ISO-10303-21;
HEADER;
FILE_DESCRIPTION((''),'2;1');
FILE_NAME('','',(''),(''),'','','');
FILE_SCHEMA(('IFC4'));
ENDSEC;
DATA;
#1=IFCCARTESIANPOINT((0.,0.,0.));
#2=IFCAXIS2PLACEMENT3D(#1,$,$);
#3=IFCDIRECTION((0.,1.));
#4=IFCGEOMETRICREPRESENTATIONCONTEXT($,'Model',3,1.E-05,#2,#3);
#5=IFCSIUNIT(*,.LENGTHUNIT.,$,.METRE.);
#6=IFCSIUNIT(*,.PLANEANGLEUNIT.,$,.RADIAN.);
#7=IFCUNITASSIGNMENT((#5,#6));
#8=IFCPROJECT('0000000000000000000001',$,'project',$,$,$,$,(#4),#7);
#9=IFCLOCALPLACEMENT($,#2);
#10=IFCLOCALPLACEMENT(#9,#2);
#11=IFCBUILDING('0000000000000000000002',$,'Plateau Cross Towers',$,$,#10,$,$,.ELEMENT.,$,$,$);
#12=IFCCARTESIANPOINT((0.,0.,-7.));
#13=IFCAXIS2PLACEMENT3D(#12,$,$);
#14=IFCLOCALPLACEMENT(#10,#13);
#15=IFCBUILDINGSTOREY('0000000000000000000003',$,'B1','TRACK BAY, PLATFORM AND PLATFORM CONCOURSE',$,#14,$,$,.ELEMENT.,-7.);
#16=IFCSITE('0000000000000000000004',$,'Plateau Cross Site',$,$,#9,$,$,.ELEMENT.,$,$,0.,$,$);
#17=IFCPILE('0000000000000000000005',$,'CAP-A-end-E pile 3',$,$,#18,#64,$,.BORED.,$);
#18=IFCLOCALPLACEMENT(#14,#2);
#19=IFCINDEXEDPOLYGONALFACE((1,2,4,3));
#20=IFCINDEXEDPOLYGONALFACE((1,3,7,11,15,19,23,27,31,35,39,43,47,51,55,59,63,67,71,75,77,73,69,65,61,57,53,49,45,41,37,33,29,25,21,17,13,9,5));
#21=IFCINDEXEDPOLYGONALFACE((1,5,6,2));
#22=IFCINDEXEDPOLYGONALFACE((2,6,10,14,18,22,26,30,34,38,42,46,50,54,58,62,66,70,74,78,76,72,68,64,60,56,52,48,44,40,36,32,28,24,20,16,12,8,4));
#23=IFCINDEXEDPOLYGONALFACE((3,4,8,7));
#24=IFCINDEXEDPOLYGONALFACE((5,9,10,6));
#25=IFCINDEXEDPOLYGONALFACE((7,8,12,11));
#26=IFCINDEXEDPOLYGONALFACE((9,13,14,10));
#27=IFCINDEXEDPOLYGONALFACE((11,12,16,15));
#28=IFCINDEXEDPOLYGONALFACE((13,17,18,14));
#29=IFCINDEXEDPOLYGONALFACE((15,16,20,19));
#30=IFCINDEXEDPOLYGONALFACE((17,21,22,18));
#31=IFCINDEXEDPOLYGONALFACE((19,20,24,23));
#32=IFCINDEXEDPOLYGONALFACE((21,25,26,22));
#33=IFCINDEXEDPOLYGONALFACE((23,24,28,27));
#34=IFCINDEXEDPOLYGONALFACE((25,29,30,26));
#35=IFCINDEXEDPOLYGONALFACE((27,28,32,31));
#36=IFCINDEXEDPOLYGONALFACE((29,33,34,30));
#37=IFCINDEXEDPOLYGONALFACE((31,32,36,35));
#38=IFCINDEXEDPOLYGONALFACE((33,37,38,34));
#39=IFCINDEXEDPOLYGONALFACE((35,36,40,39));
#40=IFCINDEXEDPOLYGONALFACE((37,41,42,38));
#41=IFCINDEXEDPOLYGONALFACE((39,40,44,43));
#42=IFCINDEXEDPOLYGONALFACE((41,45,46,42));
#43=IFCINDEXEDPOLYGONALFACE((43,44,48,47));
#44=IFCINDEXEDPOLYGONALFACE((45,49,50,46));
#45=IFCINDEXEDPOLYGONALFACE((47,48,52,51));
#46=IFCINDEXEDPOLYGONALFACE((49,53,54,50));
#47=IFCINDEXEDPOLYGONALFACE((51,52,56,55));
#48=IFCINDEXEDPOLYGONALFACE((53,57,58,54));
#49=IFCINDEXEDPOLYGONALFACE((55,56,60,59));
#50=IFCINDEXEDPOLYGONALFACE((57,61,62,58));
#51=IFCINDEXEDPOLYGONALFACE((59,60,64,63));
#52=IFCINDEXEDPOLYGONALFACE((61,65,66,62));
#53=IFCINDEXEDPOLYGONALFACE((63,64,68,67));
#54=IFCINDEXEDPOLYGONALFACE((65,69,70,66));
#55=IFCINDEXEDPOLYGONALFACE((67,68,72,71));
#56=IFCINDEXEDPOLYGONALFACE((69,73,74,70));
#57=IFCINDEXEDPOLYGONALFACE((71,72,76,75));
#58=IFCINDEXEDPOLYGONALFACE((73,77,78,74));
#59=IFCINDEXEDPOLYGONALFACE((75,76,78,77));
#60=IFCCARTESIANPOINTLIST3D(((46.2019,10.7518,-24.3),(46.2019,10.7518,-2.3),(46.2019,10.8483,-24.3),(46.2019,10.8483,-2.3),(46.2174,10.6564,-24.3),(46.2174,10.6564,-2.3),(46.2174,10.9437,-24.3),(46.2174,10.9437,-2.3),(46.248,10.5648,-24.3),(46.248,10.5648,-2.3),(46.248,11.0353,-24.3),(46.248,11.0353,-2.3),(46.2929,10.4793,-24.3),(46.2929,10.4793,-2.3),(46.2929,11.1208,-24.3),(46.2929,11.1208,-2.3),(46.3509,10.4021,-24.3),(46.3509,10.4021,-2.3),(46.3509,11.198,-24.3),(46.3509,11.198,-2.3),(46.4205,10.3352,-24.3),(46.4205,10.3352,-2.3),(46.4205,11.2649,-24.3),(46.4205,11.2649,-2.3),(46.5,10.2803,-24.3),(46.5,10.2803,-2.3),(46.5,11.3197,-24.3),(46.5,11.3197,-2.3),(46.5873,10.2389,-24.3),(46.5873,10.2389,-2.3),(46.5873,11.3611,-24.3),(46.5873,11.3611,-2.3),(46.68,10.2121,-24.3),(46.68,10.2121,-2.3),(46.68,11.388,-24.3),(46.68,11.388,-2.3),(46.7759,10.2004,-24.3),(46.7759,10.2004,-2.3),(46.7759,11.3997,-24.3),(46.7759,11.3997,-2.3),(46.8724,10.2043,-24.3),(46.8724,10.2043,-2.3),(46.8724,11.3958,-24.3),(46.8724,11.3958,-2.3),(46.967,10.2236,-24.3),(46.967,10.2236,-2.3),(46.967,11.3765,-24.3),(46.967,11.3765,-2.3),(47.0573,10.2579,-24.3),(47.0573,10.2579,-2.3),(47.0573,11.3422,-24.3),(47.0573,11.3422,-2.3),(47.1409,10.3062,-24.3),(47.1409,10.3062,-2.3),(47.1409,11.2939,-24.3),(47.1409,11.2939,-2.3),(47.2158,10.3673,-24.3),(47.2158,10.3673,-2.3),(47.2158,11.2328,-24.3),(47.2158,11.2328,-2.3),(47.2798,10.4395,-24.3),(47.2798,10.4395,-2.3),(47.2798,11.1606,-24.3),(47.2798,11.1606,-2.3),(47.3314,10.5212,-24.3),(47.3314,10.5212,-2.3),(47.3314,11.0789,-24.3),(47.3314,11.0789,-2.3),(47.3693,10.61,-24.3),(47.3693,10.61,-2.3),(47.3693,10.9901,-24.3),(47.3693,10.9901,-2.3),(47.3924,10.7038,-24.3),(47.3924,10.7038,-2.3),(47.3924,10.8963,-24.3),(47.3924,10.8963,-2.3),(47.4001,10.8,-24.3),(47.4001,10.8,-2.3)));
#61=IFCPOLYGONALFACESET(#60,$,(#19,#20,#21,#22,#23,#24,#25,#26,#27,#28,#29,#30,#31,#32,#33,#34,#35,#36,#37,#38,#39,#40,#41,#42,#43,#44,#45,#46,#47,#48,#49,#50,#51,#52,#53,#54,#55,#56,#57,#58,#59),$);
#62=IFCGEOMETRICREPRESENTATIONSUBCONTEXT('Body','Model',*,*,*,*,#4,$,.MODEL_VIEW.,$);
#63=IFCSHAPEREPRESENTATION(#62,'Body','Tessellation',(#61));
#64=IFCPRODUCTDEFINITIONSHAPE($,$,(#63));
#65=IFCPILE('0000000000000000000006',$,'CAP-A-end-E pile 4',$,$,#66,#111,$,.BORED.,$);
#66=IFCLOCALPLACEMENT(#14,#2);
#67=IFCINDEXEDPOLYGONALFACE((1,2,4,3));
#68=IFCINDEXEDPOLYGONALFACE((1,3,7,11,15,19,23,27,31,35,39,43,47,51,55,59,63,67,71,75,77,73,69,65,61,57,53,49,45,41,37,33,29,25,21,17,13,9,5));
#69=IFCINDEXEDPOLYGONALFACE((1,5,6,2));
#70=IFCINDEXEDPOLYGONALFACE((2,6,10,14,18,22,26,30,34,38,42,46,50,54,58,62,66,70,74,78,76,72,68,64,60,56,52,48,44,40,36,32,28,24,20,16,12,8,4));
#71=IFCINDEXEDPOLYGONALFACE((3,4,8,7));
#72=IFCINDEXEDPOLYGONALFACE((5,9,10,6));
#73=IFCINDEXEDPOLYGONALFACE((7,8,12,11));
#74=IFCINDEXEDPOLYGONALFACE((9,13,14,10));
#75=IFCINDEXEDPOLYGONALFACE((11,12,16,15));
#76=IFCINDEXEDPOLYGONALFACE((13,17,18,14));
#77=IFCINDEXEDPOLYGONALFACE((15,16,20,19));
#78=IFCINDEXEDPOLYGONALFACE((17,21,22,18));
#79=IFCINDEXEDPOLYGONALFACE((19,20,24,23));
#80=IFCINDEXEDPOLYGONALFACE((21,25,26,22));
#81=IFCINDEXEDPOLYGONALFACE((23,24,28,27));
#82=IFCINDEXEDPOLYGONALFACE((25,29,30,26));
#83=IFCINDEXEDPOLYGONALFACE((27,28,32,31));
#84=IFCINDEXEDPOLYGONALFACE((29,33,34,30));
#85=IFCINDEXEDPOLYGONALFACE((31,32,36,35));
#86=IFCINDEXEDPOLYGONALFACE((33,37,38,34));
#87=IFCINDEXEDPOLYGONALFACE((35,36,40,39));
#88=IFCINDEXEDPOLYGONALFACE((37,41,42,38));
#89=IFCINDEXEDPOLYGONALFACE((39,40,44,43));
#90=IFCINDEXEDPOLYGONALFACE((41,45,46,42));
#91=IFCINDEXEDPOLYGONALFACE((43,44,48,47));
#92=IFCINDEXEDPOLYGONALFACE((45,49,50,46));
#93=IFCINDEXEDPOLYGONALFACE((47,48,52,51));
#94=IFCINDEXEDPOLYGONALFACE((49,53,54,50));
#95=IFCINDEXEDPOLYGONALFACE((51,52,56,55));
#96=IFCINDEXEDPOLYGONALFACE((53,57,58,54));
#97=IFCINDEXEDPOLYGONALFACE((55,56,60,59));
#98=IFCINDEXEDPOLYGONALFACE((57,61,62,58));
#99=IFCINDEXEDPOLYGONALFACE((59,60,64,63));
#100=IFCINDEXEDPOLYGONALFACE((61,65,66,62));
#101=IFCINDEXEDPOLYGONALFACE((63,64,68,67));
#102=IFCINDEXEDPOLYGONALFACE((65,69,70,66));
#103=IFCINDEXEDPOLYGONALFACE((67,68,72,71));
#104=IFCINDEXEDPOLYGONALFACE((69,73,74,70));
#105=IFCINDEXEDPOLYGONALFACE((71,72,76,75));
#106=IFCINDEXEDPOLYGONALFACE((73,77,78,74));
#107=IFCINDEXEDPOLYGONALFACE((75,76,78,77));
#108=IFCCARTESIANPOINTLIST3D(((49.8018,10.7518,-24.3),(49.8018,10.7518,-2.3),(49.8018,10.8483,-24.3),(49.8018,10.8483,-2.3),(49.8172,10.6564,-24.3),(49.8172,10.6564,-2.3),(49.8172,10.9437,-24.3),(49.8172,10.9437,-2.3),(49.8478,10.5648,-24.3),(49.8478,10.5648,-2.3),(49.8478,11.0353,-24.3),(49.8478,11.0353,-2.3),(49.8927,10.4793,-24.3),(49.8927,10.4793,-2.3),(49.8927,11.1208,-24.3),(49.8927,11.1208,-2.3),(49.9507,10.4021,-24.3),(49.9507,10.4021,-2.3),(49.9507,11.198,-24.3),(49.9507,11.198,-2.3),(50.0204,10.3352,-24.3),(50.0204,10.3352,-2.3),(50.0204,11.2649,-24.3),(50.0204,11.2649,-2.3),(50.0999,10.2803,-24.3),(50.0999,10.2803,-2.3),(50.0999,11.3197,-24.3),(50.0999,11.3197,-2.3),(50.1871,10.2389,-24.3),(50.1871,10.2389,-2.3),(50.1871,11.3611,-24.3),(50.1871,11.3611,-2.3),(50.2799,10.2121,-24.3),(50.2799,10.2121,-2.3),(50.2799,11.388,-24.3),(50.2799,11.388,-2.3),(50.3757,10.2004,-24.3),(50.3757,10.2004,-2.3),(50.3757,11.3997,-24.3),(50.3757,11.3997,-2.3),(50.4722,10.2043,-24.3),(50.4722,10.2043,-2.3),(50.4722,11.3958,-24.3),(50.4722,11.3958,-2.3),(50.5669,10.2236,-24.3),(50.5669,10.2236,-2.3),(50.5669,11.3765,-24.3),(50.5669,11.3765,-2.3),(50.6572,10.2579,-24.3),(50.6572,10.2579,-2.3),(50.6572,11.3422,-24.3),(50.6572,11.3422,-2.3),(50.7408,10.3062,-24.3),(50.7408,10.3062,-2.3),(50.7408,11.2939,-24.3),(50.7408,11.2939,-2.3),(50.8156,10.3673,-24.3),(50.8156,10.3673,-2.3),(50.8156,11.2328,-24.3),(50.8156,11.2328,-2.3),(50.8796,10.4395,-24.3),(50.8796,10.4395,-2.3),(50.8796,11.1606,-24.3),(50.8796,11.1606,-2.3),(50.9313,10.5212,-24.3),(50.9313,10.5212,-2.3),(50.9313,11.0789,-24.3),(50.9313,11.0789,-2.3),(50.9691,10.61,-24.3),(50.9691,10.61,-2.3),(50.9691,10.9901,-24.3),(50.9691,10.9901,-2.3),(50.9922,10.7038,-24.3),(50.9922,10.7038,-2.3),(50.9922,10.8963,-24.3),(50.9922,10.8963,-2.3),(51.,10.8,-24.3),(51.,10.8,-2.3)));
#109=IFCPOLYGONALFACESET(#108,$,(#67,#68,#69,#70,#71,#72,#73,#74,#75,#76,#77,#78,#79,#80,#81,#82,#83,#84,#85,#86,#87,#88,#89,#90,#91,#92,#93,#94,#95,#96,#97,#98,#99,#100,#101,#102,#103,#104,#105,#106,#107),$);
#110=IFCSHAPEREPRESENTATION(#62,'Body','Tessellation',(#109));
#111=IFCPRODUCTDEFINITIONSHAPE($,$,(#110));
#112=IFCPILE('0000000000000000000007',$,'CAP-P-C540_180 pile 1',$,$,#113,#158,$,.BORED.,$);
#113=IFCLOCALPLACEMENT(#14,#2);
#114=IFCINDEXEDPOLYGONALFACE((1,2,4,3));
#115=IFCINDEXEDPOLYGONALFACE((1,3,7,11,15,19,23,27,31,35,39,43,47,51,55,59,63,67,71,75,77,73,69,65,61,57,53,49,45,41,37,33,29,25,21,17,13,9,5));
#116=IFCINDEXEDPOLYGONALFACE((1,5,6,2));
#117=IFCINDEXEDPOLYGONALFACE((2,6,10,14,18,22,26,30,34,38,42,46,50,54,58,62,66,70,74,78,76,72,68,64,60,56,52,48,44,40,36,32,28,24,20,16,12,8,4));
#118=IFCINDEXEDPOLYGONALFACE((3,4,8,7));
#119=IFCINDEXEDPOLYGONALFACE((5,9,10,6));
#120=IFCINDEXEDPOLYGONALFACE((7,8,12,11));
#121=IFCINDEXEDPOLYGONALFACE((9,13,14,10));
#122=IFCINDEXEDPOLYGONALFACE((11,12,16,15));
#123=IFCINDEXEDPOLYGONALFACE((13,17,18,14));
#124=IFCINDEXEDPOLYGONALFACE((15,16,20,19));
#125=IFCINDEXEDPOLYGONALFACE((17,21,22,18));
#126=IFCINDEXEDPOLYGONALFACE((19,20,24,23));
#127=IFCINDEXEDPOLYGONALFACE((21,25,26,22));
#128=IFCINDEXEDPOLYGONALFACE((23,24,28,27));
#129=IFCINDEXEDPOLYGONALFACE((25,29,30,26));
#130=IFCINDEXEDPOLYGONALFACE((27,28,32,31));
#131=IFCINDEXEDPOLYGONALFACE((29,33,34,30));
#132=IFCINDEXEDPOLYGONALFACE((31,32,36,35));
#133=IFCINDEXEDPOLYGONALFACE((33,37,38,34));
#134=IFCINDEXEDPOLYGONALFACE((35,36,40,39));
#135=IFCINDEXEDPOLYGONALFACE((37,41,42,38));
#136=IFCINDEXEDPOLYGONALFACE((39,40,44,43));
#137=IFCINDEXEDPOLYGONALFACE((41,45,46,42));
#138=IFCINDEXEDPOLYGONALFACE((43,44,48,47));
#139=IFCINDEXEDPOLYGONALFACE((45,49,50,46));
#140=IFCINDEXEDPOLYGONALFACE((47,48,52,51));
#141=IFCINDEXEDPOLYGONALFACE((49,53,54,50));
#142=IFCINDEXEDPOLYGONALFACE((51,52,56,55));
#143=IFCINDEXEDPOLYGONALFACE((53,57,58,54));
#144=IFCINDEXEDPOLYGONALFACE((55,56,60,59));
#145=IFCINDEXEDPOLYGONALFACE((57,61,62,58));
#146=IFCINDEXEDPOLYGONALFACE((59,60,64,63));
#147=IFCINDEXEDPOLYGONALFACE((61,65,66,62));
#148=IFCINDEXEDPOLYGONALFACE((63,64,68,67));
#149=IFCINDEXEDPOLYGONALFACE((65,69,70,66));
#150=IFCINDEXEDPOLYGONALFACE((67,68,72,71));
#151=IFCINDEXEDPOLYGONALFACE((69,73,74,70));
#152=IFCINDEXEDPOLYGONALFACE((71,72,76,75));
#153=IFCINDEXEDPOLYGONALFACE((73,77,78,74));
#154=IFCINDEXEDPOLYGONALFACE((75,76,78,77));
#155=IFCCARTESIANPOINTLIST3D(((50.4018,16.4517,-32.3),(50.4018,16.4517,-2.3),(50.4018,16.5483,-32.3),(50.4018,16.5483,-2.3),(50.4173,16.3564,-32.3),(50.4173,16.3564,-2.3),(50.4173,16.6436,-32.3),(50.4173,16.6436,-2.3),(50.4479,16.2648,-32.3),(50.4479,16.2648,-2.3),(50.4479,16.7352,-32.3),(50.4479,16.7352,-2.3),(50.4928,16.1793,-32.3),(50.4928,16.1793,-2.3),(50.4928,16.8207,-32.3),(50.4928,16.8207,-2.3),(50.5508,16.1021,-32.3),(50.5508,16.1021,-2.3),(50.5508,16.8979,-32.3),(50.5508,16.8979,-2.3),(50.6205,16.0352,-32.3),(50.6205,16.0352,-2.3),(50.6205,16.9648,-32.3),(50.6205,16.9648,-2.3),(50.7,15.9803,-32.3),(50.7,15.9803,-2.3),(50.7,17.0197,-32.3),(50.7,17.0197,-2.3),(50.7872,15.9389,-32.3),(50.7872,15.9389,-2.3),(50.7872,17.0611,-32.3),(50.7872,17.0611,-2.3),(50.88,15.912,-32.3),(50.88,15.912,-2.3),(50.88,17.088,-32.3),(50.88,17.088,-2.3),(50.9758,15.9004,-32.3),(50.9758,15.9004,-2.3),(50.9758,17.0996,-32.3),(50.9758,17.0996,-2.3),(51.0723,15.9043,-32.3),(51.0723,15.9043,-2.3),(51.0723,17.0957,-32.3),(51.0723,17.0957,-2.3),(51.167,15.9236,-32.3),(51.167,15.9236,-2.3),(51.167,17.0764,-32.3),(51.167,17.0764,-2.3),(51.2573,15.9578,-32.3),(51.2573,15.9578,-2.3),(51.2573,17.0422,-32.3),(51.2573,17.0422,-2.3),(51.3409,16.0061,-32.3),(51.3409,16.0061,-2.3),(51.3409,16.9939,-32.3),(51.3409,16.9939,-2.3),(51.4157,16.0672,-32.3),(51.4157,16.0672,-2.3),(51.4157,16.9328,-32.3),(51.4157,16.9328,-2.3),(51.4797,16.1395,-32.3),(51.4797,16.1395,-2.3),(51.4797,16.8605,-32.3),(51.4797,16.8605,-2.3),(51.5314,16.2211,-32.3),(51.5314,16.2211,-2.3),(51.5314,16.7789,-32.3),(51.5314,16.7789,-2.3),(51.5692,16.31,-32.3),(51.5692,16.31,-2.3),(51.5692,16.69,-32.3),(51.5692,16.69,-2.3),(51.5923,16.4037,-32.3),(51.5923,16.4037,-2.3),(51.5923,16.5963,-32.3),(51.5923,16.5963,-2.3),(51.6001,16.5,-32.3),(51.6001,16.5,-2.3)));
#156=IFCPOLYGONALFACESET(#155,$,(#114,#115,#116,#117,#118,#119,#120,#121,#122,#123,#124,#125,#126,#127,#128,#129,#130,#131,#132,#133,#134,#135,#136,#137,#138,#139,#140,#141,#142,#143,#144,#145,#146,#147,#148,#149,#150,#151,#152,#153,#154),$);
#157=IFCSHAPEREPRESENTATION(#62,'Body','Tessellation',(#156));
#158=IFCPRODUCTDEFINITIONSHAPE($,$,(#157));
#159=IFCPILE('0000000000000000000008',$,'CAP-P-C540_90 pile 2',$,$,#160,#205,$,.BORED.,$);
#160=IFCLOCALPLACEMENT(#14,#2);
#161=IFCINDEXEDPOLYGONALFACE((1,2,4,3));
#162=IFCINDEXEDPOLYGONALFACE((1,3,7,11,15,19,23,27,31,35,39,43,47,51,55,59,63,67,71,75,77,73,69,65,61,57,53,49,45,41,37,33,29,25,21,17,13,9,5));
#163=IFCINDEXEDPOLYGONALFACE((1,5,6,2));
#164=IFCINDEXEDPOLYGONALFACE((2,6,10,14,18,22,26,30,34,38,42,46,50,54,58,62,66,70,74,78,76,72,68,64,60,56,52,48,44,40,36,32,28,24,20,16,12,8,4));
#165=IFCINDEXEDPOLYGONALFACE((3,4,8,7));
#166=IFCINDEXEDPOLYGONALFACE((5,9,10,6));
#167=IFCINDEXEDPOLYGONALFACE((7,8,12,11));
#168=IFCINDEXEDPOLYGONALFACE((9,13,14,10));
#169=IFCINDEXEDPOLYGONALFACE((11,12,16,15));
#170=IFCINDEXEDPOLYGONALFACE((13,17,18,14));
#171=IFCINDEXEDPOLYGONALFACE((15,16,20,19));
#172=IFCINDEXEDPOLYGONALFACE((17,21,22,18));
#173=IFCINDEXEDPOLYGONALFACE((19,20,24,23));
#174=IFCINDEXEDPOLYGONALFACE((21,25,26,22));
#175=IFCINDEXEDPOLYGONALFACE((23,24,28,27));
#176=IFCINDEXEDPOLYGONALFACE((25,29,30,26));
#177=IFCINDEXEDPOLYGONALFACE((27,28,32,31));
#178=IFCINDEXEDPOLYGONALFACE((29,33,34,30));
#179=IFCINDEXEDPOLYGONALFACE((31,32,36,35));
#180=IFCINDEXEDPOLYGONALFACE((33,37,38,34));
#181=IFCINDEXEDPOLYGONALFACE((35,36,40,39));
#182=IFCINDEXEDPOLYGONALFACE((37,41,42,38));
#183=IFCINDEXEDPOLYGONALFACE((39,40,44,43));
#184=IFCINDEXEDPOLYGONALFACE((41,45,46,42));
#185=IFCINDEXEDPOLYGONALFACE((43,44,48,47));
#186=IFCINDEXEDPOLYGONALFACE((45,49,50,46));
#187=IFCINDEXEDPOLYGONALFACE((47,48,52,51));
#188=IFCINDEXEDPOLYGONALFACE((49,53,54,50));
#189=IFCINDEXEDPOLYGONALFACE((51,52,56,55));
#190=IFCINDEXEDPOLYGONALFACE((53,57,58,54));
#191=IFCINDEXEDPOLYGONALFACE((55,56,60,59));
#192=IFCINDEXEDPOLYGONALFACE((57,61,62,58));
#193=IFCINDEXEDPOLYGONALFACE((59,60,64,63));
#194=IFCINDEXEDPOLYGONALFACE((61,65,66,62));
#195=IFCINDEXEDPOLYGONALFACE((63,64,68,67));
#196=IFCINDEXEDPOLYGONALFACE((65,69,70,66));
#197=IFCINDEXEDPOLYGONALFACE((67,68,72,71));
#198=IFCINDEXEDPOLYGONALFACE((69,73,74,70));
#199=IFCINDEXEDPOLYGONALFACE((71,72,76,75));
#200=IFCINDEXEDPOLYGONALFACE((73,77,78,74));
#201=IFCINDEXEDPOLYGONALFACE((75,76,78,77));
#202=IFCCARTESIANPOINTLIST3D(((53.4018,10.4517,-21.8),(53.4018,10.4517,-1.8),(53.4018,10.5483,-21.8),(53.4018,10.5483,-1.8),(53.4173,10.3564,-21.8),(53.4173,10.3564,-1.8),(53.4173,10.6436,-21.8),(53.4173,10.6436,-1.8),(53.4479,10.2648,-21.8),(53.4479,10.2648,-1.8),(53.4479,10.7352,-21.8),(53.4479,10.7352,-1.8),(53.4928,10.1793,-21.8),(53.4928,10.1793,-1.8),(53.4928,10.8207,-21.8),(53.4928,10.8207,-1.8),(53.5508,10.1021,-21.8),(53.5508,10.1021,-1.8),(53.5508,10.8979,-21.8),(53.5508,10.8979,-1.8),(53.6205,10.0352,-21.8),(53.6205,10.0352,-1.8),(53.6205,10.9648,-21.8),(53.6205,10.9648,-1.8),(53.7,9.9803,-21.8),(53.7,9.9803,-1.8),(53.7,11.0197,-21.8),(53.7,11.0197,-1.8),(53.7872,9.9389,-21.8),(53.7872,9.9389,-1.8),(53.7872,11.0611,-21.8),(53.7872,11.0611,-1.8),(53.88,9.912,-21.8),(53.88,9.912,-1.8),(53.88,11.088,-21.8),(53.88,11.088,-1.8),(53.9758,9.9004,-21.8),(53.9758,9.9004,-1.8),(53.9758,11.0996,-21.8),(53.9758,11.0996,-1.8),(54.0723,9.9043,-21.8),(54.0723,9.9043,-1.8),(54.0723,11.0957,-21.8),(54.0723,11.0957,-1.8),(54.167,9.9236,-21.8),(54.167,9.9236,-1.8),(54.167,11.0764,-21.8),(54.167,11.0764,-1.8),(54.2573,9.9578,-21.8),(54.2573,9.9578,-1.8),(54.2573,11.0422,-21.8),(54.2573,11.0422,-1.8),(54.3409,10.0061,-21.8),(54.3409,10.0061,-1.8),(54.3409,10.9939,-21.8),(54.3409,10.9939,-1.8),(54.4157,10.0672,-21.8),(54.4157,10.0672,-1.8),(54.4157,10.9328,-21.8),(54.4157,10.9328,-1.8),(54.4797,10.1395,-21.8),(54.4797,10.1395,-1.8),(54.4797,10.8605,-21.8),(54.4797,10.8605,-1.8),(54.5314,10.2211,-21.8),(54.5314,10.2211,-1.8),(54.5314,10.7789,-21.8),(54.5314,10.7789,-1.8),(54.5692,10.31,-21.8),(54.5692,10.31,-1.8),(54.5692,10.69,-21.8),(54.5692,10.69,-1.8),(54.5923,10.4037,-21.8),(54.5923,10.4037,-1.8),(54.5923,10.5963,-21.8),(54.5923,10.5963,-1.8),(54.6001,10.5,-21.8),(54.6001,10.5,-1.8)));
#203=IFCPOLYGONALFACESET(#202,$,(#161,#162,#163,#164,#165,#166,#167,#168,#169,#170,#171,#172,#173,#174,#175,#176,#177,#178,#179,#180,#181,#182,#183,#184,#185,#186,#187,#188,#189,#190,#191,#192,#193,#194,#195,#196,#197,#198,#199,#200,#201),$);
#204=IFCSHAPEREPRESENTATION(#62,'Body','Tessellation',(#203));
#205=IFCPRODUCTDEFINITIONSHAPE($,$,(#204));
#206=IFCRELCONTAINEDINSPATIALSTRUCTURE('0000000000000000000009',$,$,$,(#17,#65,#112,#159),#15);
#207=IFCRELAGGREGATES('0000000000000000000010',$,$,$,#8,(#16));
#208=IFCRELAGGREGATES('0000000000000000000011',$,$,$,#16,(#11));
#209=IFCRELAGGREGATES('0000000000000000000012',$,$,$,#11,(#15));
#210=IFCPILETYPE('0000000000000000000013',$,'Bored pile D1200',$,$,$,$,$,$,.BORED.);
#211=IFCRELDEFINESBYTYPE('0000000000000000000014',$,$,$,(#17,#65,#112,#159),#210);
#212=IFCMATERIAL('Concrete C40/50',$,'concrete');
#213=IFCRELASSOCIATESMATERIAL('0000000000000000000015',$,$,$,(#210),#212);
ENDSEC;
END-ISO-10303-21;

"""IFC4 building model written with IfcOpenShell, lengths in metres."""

from ifc_helpers import new_model, si_unit, direction, frame, origin, origin_2d, place, context, subcontext, project, spatial, circle, extrude, material, material_profile, profile_set, type_object, element, save


model = new_model("IFC4")

# Units and contexts
model_context = context("Model", 3, precision=1e-05, world=origin(), true_north=direction((0.0, 1.0)))
body_context = subcontext(model_context, "Body", "Model", "MODEL_VIEW")
ifc_project = project(units=[si_unit("LENGTHUNIT", "METRE"), si_unit("PLANEANGLEUNIT", "RADIAN")], contexts=[model_context])

# Site, building, storey
site_placement = place(None, origin())
site = spatial("IfcSite", under=ifc_project, at=site_placement, Name="Plateau Cross Site", CompositionType="ELEMENT", RefElevation=0.0)
building_placement = place(site_placement, origin())
building = spatial("IfcBuilding", under=site, at=building_placement, Name="Plateau Cross Towers", CompositionType="ELEMENT")
storey_placement = place(building_placement, frame((0.0, 0.0, -7.0)))
storey = spatial("IfcBuildingStorey", under=building, at=storey_placement, Name="B1", Description="TRACK BAY, PLATFORM AND PLATFORM CONCOURSE", CompositionType="ELEMENT", Elevation=-7.0)

# Piles
ifc_material_1 = material(Name="Concrete C40/50", Category="concrete")
ifc_material_profile_1 = material_profile(ifc_material_1, circle(Radius=0.6001, at=origin_2d()), Name="Bored pile D1200")
ifc_profile_set_1 = profile_set([ifc_material_profile_1], Name="Concrete C40/50")
pile_type = type_object("IfcPileType", Name="Bored pile D1200", PredefinedType="BORED", material=ifc_profile_set_1)
for number, where, z_axis, x_axis, name in (
    (1, (46.8, 10.8, -2.3), (0.0, 0.0, -1.0), (1.0, 0.0, 0.0), "CAP-A-end-E pile 3"),
    (2, (50.3999, 10.8, -2.3), (0.0, 0.0, -1.0), (1.0, 0.0, 0.0), "CAP-A-end-E pile 4"),
):
    element("IfcPile", number, at=place(storey_placement, frame(where, z_axis=z_axis, x_axis=x_axis)), inside=storey, type_object=pile_type, Name=name, PredefinedType="BORED", context=body_context, shape_type="SweptSolid", body=[
        extrude(circle(Radius=0.6001, at=origin_2d()), origin(), (0.0, 0.0, 1.0), 22.0),
    ])
pile_1_placement = place(storey_placement, frame((51.0, 16.5, -2.3), z_axis=(0.0, 0.0, -1.0), x_axis=(1.0, 0.0, 0.0)))
element("IfcPile", 3, at=pile_1_placement, inside=storey, type_object=pile_type, Name="CAP-P-C540_180 pile 1", PredefinedType="BORED", context=body_context, shape_type="SweptSolid", body=[
    extrude(circle(Radius=0.6001, at=origin_2d()), origin(), (0.0, 0.0, 1.0), 30.0),
])
pile_2_placement = place(storey_placement, frame((54.0, 10.5, -1.8), z_axis=(0.0, 0.0, -1.0), x_axis=(1.0, 0.0, 0.0)))
element("IfcPile", 4, at=pile_2_placement, inside=storey, type_object=pile_type, Name="CAP-P-C540_90 pile 2", PredefinedType="BORED", context=body_context, shape_type="SweptSolid", body=[
    extrude(circle(Radius=0.6001, at=origin_2d()), origin(), (0.0, 0.0, 1.0), 20.0),
])

save(model, "model.ifc")
